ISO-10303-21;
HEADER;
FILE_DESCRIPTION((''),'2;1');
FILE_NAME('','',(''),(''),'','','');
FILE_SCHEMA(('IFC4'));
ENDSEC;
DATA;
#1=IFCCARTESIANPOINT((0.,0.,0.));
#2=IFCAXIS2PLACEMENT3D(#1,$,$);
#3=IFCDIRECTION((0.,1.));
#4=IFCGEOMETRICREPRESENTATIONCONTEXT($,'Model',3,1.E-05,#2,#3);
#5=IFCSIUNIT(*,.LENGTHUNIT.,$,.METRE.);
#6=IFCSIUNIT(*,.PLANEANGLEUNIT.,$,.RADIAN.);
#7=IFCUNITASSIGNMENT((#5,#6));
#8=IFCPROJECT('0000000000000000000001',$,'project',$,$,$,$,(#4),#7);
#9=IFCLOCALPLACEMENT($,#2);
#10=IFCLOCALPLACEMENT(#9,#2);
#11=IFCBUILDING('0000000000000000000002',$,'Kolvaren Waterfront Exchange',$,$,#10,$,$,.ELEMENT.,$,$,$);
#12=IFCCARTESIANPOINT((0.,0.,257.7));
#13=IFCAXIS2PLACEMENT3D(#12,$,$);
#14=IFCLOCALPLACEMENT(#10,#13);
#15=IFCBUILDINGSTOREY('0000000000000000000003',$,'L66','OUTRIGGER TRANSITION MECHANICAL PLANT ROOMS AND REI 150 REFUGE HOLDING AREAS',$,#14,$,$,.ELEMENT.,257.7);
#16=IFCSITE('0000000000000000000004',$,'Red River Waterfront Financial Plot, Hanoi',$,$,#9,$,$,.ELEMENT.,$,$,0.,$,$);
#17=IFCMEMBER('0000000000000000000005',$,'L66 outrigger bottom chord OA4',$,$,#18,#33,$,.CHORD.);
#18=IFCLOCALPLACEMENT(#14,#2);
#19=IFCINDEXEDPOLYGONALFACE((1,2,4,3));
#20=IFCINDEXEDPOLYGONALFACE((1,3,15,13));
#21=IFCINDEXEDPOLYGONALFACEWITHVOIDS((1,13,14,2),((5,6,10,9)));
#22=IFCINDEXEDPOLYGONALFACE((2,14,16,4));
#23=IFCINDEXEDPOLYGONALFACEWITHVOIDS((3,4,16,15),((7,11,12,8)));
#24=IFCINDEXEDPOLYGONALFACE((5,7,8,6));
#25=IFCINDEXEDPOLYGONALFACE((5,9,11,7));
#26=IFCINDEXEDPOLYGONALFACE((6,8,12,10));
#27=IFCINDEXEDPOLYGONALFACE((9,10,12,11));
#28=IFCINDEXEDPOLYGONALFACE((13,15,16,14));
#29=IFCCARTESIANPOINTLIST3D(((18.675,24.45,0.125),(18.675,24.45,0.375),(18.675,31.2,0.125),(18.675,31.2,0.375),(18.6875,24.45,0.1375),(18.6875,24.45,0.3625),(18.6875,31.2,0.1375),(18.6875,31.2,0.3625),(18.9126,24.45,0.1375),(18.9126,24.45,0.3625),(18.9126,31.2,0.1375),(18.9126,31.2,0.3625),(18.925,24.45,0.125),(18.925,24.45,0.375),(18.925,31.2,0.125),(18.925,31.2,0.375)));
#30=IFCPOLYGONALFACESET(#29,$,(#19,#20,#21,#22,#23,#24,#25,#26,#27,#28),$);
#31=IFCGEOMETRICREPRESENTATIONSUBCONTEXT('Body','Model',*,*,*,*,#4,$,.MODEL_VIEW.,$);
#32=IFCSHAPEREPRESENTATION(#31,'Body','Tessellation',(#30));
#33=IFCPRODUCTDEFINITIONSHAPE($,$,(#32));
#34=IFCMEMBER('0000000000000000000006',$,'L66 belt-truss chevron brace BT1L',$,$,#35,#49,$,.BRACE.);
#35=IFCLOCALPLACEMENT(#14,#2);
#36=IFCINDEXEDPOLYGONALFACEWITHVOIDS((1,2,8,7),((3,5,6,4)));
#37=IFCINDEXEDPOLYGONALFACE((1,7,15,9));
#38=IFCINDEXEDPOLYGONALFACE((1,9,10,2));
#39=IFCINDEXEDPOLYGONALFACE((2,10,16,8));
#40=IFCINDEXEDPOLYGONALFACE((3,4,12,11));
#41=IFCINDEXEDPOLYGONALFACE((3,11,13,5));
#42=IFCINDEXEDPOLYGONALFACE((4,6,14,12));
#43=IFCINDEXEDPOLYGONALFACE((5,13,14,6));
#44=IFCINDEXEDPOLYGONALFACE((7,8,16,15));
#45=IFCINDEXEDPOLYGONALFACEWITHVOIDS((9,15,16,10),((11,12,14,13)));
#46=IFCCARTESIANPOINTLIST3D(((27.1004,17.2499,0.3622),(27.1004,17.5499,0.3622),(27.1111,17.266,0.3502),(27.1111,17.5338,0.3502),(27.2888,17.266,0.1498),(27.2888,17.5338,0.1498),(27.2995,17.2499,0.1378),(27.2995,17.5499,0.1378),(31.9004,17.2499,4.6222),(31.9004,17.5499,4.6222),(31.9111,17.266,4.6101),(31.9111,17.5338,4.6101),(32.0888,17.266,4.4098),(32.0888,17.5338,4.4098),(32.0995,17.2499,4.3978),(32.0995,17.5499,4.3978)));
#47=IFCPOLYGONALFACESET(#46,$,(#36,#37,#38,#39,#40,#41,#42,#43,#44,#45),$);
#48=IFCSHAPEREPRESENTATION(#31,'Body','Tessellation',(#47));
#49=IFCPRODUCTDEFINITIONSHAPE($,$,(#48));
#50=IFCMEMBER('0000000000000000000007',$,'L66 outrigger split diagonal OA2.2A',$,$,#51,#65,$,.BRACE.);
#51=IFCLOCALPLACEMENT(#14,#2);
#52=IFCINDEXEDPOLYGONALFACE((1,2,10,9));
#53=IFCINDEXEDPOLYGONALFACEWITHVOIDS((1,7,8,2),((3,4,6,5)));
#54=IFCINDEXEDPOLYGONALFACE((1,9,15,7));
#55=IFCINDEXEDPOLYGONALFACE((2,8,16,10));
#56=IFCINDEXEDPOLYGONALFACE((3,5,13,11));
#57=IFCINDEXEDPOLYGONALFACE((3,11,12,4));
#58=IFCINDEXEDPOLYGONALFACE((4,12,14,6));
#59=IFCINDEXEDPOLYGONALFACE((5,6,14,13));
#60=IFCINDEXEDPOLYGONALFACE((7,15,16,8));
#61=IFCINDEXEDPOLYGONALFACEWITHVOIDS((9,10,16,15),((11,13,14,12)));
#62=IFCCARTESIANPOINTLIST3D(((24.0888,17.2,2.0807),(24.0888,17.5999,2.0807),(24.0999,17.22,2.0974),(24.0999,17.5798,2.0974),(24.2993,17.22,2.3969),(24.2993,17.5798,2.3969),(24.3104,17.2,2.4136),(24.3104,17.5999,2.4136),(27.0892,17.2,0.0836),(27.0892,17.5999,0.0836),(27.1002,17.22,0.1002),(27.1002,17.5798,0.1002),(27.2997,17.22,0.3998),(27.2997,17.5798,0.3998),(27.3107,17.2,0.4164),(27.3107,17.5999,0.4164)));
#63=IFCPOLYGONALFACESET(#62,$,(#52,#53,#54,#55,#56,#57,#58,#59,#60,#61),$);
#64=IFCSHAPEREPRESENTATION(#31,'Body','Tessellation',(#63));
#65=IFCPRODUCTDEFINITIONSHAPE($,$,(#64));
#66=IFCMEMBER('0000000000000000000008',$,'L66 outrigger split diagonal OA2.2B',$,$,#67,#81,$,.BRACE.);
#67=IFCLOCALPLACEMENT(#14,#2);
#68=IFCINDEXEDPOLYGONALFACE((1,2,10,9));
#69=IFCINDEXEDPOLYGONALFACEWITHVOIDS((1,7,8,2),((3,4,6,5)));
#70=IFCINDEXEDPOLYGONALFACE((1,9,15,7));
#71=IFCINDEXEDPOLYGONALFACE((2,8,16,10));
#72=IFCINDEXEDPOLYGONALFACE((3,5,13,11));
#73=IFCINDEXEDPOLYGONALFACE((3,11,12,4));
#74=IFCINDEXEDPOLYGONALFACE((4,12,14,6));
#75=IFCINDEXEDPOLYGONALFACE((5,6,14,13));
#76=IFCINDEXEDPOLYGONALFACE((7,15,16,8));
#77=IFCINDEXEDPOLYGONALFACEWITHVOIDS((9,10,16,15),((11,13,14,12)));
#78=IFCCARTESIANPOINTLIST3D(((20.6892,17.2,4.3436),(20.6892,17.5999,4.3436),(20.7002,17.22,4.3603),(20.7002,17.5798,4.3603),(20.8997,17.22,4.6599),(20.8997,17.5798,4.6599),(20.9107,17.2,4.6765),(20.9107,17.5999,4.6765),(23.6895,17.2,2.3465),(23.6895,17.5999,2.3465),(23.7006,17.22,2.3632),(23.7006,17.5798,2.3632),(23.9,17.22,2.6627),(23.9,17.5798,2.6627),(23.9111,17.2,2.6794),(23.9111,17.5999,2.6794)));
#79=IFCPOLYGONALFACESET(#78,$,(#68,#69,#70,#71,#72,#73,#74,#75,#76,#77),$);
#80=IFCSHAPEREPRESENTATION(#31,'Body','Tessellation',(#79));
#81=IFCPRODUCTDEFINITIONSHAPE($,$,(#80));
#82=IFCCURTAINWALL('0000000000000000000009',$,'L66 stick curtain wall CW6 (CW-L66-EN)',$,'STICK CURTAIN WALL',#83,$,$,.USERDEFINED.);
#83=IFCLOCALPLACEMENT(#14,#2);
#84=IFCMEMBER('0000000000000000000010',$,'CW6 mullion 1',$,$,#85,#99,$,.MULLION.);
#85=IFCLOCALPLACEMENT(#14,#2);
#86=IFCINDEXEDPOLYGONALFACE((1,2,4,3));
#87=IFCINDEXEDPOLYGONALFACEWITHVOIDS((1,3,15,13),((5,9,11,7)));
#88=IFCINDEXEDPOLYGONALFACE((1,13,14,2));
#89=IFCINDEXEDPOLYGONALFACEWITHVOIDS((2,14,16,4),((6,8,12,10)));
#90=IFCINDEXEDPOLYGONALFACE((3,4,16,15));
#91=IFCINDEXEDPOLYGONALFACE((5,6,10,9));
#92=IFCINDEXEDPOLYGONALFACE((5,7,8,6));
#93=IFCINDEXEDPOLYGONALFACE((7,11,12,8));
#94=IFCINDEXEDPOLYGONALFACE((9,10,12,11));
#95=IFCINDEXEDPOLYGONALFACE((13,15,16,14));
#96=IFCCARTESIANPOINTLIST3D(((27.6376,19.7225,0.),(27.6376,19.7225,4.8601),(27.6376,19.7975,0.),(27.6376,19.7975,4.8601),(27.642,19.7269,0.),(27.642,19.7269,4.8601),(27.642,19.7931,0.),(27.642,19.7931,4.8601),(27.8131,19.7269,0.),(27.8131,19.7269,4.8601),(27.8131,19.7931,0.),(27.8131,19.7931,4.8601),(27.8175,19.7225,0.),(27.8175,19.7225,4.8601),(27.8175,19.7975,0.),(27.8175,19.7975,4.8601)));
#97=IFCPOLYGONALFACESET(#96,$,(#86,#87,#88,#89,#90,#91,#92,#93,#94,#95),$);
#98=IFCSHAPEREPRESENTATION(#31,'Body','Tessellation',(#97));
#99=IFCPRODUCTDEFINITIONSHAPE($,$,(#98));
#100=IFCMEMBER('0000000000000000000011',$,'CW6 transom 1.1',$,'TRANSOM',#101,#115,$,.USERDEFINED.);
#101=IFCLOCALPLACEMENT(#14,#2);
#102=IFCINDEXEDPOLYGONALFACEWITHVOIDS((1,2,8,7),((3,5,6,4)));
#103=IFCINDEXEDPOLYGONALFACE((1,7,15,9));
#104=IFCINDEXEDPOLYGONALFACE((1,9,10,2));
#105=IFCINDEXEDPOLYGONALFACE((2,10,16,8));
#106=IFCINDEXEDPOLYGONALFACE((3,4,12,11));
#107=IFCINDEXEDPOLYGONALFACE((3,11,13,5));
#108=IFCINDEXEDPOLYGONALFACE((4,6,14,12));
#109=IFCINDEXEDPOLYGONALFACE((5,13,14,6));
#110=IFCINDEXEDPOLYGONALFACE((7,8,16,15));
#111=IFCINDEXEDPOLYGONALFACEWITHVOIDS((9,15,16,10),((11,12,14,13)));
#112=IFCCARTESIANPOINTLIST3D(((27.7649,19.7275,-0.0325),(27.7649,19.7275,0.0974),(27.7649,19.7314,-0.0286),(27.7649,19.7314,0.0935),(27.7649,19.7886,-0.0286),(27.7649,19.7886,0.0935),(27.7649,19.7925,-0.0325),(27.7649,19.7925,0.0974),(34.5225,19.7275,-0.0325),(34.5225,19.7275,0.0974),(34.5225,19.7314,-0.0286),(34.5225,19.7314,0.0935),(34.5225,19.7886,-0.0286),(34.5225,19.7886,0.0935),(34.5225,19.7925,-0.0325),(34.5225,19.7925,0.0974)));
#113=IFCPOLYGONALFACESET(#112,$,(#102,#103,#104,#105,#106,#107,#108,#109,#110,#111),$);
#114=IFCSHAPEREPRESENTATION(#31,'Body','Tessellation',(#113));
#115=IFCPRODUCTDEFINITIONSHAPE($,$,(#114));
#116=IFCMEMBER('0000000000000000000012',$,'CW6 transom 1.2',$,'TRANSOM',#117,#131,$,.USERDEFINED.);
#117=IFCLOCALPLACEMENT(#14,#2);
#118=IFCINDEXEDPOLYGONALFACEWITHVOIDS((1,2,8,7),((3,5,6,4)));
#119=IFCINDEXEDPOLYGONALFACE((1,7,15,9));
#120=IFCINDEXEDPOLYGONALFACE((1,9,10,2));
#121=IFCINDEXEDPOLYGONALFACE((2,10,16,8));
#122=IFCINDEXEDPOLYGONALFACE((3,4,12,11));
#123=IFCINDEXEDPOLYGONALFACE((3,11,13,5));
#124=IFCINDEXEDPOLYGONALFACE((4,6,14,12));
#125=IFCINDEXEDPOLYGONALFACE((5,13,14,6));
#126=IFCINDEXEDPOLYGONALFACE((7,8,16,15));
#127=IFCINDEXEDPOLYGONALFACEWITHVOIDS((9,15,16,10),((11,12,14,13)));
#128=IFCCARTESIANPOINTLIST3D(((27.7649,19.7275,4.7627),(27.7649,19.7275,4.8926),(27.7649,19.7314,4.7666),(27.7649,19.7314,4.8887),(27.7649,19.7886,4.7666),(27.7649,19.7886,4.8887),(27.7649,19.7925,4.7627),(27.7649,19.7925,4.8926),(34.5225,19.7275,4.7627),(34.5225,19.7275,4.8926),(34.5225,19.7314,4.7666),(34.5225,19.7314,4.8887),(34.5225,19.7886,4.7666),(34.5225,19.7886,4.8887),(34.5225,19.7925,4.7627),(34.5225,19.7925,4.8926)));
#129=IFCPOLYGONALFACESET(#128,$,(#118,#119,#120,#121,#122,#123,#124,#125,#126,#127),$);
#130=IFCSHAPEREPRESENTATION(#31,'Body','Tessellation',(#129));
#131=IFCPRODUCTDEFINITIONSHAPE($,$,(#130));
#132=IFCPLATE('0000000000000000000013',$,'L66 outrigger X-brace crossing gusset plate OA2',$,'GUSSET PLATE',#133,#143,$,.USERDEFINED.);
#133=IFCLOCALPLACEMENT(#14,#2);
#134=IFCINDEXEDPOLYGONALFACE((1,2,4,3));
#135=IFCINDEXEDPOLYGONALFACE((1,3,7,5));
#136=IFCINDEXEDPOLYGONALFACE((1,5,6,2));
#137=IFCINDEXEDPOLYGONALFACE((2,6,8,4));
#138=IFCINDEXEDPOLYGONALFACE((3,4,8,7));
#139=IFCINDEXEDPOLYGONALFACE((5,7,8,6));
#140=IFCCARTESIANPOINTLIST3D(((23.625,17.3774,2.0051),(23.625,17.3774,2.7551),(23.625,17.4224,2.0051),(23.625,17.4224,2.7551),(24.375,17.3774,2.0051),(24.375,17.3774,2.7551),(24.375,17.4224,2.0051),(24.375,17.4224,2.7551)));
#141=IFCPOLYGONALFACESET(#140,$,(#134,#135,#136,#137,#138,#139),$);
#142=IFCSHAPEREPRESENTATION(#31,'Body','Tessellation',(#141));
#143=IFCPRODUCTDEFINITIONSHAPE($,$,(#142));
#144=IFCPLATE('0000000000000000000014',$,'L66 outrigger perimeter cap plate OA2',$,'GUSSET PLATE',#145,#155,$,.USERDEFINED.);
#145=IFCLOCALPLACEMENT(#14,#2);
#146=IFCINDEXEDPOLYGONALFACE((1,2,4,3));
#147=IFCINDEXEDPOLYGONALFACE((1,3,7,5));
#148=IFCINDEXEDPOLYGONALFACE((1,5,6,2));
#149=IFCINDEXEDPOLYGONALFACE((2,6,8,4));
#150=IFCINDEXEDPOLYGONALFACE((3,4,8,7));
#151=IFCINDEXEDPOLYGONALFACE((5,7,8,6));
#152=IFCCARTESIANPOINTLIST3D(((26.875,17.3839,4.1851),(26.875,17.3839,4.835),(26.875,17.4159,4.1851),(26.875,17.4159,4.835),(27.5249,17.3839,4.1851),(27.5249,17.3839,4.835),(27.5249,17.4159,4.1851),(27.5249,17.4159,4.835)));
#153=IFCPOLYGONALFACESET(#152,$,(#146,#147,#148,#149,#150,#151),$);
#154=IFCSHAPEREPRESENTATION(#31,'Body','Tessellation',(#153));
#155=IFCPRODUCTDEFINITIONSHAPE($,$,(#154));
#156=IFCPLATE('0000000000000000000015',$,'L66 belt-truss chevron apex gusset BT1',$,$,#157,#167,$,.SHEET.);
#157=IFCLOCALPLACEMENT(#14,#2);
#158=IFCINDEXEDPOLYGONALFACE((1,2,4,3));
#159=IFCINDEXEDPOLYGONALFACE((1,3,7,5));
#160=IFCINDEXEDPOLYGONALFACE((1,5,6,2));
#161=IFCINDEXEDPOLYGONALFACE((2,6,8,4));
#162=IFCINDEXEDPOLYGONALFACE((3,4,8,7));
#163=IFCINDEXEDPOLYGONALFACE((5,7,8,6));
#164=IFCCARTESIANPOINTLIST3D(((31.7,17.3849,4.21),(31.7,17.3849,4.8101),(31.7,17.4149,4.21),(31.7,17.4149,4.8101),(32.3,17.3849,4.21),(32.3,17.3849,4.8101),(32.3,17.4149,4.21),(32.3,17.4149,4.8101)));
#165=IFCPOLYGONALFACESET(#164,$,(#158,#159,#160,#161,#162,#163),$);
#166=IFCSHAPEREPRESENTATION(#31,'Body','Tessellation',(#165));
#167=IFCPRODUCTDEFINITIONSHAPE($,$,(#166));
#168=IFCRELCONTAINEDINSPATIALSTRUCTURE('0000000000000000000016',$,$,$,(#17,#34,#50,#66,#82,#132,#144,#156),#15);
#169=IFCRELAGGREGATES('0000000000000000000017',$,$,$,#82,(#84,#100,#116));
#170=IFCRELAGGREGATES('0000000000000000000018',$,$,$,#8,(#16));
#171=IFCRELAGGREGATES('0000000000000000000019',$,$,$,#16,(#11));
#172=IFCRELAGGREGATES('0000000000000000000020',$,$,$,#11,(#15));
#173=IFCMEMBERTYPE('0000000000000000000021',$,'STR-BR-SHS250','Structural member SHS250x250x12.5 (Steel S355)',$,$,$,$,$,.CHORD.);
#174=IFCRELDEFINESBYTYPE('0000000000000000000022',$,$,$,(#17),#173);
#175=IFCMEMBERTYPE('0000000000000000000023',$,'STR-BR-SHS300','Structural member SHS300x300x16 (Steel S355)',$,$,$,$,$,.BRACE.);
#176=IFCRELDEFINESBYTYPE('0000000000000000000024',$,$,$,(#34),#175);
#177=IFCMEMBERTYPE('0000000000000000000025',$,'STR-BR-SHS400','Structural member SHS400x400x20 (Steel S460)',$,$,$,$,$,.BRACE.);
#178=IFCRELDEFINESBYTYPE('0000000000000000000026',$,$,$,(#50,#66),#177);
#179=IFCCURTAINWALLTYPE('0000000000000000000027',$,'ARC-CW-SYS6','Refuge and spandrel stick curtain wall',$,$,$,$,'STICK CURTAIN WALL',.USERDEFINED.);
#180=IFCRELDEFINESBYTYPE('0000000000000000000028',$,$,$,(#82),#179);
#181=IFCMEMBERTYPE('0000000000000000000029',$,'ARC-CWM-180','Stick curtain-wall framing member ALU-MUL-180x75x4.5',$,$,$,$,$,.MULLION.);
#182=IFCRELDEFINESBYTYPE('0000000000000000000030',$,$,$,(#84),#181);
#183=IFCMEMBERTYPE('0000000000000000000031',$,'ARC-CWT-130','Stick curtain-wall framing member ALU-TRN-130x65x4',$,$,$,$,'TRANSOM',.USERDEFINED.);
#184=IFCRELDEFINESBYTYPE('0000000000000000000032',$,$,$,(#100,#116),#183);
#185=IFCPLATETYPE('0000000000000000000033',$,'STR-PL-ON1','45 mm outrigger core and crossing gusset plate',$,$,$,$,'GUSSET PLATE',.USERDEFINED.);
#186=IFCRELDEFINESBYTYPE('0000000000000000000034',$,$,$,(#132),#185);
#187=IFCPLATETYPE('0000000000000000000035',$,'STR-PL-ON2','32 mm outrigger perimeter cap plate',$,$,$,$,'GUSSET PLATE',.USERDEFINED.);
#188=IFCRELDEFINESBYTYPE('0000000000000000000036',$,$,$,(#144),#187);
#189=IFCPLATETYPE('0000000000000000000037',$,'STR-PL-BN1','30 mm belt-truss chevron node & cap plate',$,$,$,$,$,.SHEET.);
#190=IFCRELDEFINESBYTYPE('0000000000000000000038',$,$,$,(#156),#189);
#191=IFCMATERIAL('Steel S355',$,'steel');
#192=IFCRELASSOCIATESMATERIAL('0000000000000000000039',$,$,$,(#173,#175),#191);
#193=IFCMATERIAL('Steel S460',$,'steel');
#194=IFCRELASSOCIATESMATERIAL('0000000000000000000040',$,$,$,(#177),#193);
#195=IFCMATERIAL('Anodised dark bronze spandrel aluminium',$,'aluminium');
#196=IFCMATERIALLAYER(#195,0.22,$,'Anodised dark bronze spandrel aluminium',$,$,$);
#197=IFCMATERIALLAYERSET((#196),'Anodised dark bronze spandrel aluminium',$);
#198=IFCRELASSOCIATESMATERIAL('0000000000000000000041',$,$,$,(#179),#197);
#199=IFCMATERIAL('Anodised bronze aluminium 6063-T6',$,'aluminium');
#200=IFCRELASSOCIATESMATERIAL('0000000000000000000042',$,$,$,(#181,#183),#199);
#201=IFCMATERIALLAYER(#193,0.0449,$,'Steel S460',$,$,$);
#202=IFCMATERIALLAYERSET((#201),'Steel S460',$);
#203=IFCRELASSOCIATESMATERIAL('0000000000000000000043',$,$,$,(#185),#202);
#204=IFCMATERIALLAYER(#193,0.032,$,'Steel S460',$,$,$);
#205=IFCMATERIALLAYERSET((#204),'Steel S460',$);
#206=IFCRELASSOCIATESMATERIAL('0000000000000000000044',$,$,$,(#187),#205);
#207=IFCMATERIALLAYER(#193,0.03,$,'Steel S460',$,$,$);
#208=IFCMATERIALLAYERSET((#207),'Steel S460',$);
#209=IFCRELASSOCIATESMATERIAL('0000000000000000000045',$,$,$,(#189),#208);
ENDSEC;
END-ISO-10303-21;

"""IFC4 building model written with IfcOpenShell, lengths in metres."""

from ifc_helpers import new_model, si_unit, direction, frame, origin, origin_with_axes, origin_2d, place, context, subcontext, project, spatial, rectangle, hollow_rectangle, extrude, source, transform, mapped, material, layer, layer_set, material_profile, profile_set, type_object, element, aggregate, save


model = new_model("IFC4")

# Units and contexts
model_context = context("Model", 3, precision=1e-05, world=origin(), true_north=direction((0.0, 1.0)))
body_context = subcontext(model_context, "Body", "Model", "MODEL_VIEW")
ifc_project = project(units=[si_unit("LENGTHUNIT", "METRE"), si_unit("PLANEANGLEUNIT", "RADIAN")], contexts=[model_context])

# Site, building, storey
site_placement = place(None, origin())
site = spatial("IfcSite", under=ifc_project, at=site_placement, Name="Red River Waterfront Financial Plot, Hanoi", CompositionType="ELEMENT", RefElevation=0.0)
building_placement = place(site_placement, origin())
building = spatial("IfcBuilding", under=site, at=building_placement, Name="Kolvaren Waterfront Exchange", CompositionType="ELEMENT")
storey_placement = place(building_placement, frame((0.0, 0.0, 257.7)))
storey = spatial("IfcBuildingStorey", under=building, at=storey_placement, Name="L66", Description="OUTRIGGER TRANSITION MECHANICAL PLANT ROOMS AND REI 150 REFUGE HOLDING AREAS", CompositionType="ELEMENT", Elevation=257.7)

# Shared definitions
ifc_material_1 = material(Name="Steel S355", Category="steel")

# Members
ifc_material_2 = material(Name="Steel S460", Category="steel")
ifc_material_profile_1 = material_profile(ifc_material_1, hollow_rectangle(XDim=0.25, YDim=0.25, WallThickness=0.0125, at=origin_2d()), Name="SHS250x250x12.5")
ifc_profile_set_1 = profile_set([ifc_material_profile_1], Name="Steel S355")
member_type_1 = type_object("IfcMemberType", Name="STR-BR-SHS250", Description="Structural member SHS250x250x12.5 (Steel S355)", PredefinedType="CHORD", material=ifc_profile_set_1)
member_1_placement = place(storey_placement, frame((18.8, 24.45, 0.25), z_axis=(0.0, 1.0, 0.0), x_axis=(-1.0, 0.0, 0.0)))
element("IfcMember", 1, at=member_1_placement, inside=storey, type_object=member_type_1, Name="L66 outrigger bottom chord OA4", PredefinedType="CHORD", context=body_context, shape_type="SweptSolid", body=[
    extrude(hollow_rectangle(XDim=0.25, YDim=0.25, WallThickness=0.0125, at=origin_2d()), origin(), (0.0, 0.0, 1.0), 6.75),
])
ifc_material_profile_2 = material_profile(ifc_material_1, hollow_rectangle(XDim=0.3, YDim=0.3, WallThickness=0.0161, at=origin_2d()), Name="SHS300x300x16")
ifc_profile_set_2 = profile_set([ifc_material_profile_2], Name="Steel S355")
member_type_2 = type_object("IfcMemberType", Name="STR-BR-SHS300", Description="Structural member SHS300x300x16 (Steel S355)", PredefinedType="BRACE", material=ifc_profile_set_2)
member_2_placement = place(storey_placement, frame((27.2, 17.3999, 0.25), z_axis=(0.747928, 0.0, 0.66378), x_axis=(0.0, 1.0, 0.0)))
element("IfcMember", 2, at=member_2_placement, inside=storey, type_object=member_type_2, Name="L66 belt-truss chevron brace BT1L", PredefinedType="BRACE", context=body_context, shape_type="SweptSolid", body=[
    extrude(hollow_rectangle(XDim=0.3, YDim=0.3, WallThickness=0.0161, at=origin_2d()), origin(), (0.0, 0.0, 1.0), 6.4177),
])
ifc_material_profile_3 = material_profile(ifc_material_2, hollow_rectangle(XDim=0.3999, YDim=0.3999, WallThickness=0.02, at=origin_2d()), Name="SHS400x400x20")
ifc_profile_set_3 = profile_set([ifc_material_profile_3], Name="Steel S460")
member_type_3 = type_object("IfcMemberType", Name="STR-BR-SHS400", Description="Structural member SHS400x400x20 (Steel S460)", PredefinedType="BRACE", material=ifc_profile_set_3)
for number, where, z_axis, x_axis, name in (
    (3, (27.2, 17.3999, 0.25), (-0.832446, 0.0, 0.554106), (0.0, -1.0, 0.0), "L66 outrigger split diagonal OA2.2A"),
    (4, (23.8003, 17.3999, 2.5129), (-0.832446, 0.0, 0.554106), (0.0, -1.0, 0.0), "L66 outrigger split diagonal OA2.2B"),
):
    element("IfcMember", number, at=place(storey_placement, frame(where, z_axis=z_axis, x_axis=x_axis)), inside=storey, type_object=member_type_3, Name=name, PredefinedType="BRACE", context=body_context, shape_type="SweptSolid", body=[
        extrude(hollow_rectangle(XDim=0.3999, YDim=0.3999, WallThickness=0.02, at=origin_2d()), origin(), (0.0, 0.0, 1.0), 3.6042),
    ])

# Curtain wall, members
ifc_material_3 = material(Name="Anodised dark bronze spandrel aluminium", Category="aluminium")
ifc_layer_1 = layer(ifc_material_3, 0.22, Name="Anodised dark bronze spandrel aluminium")
ifc_layer_set_1 = layer_set([ifc_layer_1], Name="Anodised dark bronze spandrel aluminium")
curtain_wall_type = type_object("IfcCurtainWallType", Name="ARC-CW-SYS6", Description="Refuge and spandrel stick curtain wall", ElementType="STICK CURTAIN WALL", PredefinedType="USERDEFINED", material=ifc_layer_set_1)
curtain_wall_placement = place(storey_placement, origin())
curtain_wall = element("IfcCurtainWall", 5, at=curtain_wall_placement, inside=storey, type_object=curtain_wall_type, Name="L66 stick curtain wall CW6 (CW-L66-EN)", ObjectType="STICK CURTAIN WALL", PredefinedType="USERDEFINED")
ifc_material_4 = material(Name="Anodised bronze aluminium 6063-T6", Category="aluminium")
ifc_material_profile_4 = material_profile(ifc_material_4, hollow_rectangle(XDim=0.075, YDim=0.1799, WallThickness=0.0044, at=origin_2d()), Name="ALU-MUL-180x75x4.5")
ifc_profile_set_4 = profile_set([ifc_material_profile_4], Name="Anodised bronze aluminium 6063-T6")
member_type_4 = type_object("IfcMemberType", Name="ARC-CWM-180", Description="Stick curtain-wall framing member ALU-MUL-180x75x4.5", PredefinedType="MULLION", material=ifc_profile_set_4)
shared_shape_1 = source(origin_with_axes(), body_context, "Body", "SweptSolid", [
    extrude(hollow_rectangle(XDim=0.075, YDim=0.1799, WallThickness=0.0044, at=origin_2d()), origin(), (0.0, 0.0, 1.0), 4.8601),
])
member_3_placement = place(storey_placement, frame((27.7275, 19.76, 0.0), z_axis=(0.0, 0.0, 1.0), x_axis=(0.0, 1.0, 0.0)))
member_3 = element("IfcMember", 6, at=member_3_placement, type_object=member_type_4, Name="CW6 mullion 1", PredefinedType="MULLION", context=body_context, shape_type="MappedRepresentation", body=[
    mapped(shared_shape_1, transform((0.0, 0.0, 0.0), x_axis=(1.0, 0.0, 0.0), y_axis=(0.0, 1.0, 0.0), z_axis=(0.0, 0.0, 1.0), scale=1.0)),
])
ifc_material_profile_5 = material_profile(ifc_material_4, hollow_rectangle(XDim=0.0649, YDim=0.1299, WallThickness=0.0039, at=origin_2d()), Name="ALU-TRN-130x65x4")
ifc_profile_set_5 = profile_set([ifc_material_profile_5], Name="Anodised bronze aluminium 6063-T6")
member_type_5 = type_object("IfcMemberType", Name="ARC-CWT-130", Description="Stick curtain-wall framing member ALU-TRN-130x65x4", ElementType="TRANSOM", PredefinedType="USERDEFINED", material=ifc_profile_set_5)
shared_shape_2 = source(origin_with_axes(), body_context, "Body", "SweptSolid", [
    extrude(hollow_rectangle(XDim=0.0649, YDim=0.1299, WallThickness=0.0039, at=origin_2d()), origin(), (0.0, 0.0, 1.0), 6.7576),
])
member_4_placement = place(storey_placement, frame((27.7649, 19.76, 0.0325), z_axis=(1.0, 0.0, 0.0), x_axis=(0.0, 1.0, 0.0)))
member_4 = element("IfcMember", 7, at=member_4_placement, type_object=member_type_5, Name="CW6 transom 1.1", ObjectType="TRANSOM", PredefinedType="USERDEFINED", context=body_context, shape_type="MappedRepresentation", body=[
    mapped(shared_shape_2, transform((0.0, 0.0, 0.0), x_axis=(1.0, 0.0, 0.0), y_axis=(0.0, 1.0, 0.0), z_axis=(0.0, 0.0, 1.0), scale=1.0)),
])
member_5_placement = place(storey_placement, frame((27.7649, 19.76, 4.8276), z_axis=(1.0, 0.0, 0.0), x_axis=(0.0, 1.0, 0.0)))
member_5 = element("IfcMember", 8, at=member_5_placement, type_object=member_type_5, Name="CW6 transom 1.2", ObjectType="TRANSOM", PredefinedType="USERDEFINED", context=body_context, shape_type="MappedRepresentation", body=[
    mapped(shared_shape_2, transform((0.0, 0.0, 0.0), x_axis=(1.0, 0.0, 0.0), y_axis=(0.0, 1.0, 0.0), z_axis=(0.0, 0.0, 1.0), scale=1.0)),
])

# Plates
ifc_layer_2 = layer(ifc_material_2, 0.0449, Name="Steel S460")
ifc_layer_set_2 = layer_set([ifc_layer_2], Name="Steel S460")
plate_type_1 = type_object("IfcPlateType", Name="STR-PL-ON1", Description="45 mm outrigger core and crossing gusset plate", ElementType="GUSSET PLATE", PredefinedType="USERDEFINED", material=ifc_layer_set_2)
shared_shape_3 = source(origin_with_axes(), body_context, "Body", "SweptSolid", [
    extrude(rectangle(XDim=0.75, YDim=0.0449, at=origin_2d()), origin(), (0.0, 0.0, 1.0), 0.75),
])
plate_1_placement = place(storey_placement, frame((24.0, 17.3999, 2.0051), z_axis=(0.0, 0.0, 1.0), x_axis=(1.0, 0.0, 0.0)))
element("IfcPlate", 9, at=plate_1_placement, inside=storey, type_object=plate_type_1, Name="L66 outrigger X-brace crossing gusset plate OA2", ObjectType="GUSSET PLATE", PredefinedType="USERDEFINED", context=body_context, shape_type="MappedRepresentation", body=[
    mapped(shared_shape_3, transform((0.0, 0.0, 0.0), x_axis=(1.0, 0.0, 0.0), y_axis=(0.0, 1.0, 0.0), z_axis=(0.0, 0.0, 1.0), scale=1.0)),
])
ifc_layer_3 = layer(ifc_material_2, 0.032, Name="Steel S460")
ifc_layer_set_3 = layer_set([ifc_layer_3], Name="Steel S460")
plate_type_2 = type_object("IfcPlateType", Name="STR-PL-ON2", Description="32 mm outrigger perimeter cap plate", ElementType="GUSSET PLATE", PredefinedType="USERDEFINED", material=ifc_layer_set_3)
shared_shape_4 = source(origin_with_axes(), body_context, "Body", "SweptSolid", [
    extrude(rectangle(XDim=0.6499, YDim=0.032, at=origin_2d()), origin(), (0.0, 0.0, 1.0), 0.6499),
])
plate_2_placement = place(storey_placement, frame((27.2, 17.3999, 4.1851), z_axis=(0.0, 0.0, 1.0), x_axis=(1.0, 0.0, 0.0)))
element("IfcPlate", 10, at=plate_2_placement, inside=storey, type_object=plate_type_2, Name="L66 outrigger perimeter cap plate OA2", ObjectType="GUSSET PLATE", PredefinedType="USERDEFINED", context=body_context, shape_type="MappedRepresentation", body=[
    mapped(shared_shape_4, transform((0.0, 0.0, 0.0), x_axis=(1.0, 0.0, 0.0), y_axis=(0.0, 1.0, 0.0), z_axis=(0.0, 0.0, 1.0), scale=1.0)),
])
ifc_layer_4 = layer(ifc_material_2, 0.03, Name="Steel S460")
ifc_layer_set_4 = layer_set([ifc_layer_4], Name="Steel S460")
plate_type_3 = type_object("IfcPlateType", Name="STR-PL-BN1", Description="30 mm belt-truss chevron node & cap plate", PredefinedType="SHEET", material=ifc_layer_set_4)
shared_shape_5 = source(origin_with_axes(), body_context, "Body", "SweptSolid", [
    extrude(rectangle(XDim=0.6001, YDim=0.03, at=origin_2d()), origin(), (0.0, 0.0, 1.0), 0.6001),
])
plate_3_placement = place(storey_placement, frame((32.0, 17.3999, 4.21), z_axis=(0.0, 0.0, 1.0), x_axis=(1.0, 0.0, 0.0)))
element("IfcPlate", 11, at=plate_3_placement, inside=storey, type_object=plate_type_3, Name="L66 belt-truss chevron apex gusset BT1", PredefinedType="SHEET", context=body_context, shape_type="MappedRepresentation", body=[
    mapped(shared_shape_5, transform((0.0, 0.0, 0.0), x_axis=(1.0, 0.0, 0.0), y_axis=(0.0, 1.0, 0.0), z_axis=(0.0, 0.0, 1.0), scale=1.0)),
])

aggregate(curtain_wall, [member_3, member_4, member_5])

save(model, "model.ifc")
